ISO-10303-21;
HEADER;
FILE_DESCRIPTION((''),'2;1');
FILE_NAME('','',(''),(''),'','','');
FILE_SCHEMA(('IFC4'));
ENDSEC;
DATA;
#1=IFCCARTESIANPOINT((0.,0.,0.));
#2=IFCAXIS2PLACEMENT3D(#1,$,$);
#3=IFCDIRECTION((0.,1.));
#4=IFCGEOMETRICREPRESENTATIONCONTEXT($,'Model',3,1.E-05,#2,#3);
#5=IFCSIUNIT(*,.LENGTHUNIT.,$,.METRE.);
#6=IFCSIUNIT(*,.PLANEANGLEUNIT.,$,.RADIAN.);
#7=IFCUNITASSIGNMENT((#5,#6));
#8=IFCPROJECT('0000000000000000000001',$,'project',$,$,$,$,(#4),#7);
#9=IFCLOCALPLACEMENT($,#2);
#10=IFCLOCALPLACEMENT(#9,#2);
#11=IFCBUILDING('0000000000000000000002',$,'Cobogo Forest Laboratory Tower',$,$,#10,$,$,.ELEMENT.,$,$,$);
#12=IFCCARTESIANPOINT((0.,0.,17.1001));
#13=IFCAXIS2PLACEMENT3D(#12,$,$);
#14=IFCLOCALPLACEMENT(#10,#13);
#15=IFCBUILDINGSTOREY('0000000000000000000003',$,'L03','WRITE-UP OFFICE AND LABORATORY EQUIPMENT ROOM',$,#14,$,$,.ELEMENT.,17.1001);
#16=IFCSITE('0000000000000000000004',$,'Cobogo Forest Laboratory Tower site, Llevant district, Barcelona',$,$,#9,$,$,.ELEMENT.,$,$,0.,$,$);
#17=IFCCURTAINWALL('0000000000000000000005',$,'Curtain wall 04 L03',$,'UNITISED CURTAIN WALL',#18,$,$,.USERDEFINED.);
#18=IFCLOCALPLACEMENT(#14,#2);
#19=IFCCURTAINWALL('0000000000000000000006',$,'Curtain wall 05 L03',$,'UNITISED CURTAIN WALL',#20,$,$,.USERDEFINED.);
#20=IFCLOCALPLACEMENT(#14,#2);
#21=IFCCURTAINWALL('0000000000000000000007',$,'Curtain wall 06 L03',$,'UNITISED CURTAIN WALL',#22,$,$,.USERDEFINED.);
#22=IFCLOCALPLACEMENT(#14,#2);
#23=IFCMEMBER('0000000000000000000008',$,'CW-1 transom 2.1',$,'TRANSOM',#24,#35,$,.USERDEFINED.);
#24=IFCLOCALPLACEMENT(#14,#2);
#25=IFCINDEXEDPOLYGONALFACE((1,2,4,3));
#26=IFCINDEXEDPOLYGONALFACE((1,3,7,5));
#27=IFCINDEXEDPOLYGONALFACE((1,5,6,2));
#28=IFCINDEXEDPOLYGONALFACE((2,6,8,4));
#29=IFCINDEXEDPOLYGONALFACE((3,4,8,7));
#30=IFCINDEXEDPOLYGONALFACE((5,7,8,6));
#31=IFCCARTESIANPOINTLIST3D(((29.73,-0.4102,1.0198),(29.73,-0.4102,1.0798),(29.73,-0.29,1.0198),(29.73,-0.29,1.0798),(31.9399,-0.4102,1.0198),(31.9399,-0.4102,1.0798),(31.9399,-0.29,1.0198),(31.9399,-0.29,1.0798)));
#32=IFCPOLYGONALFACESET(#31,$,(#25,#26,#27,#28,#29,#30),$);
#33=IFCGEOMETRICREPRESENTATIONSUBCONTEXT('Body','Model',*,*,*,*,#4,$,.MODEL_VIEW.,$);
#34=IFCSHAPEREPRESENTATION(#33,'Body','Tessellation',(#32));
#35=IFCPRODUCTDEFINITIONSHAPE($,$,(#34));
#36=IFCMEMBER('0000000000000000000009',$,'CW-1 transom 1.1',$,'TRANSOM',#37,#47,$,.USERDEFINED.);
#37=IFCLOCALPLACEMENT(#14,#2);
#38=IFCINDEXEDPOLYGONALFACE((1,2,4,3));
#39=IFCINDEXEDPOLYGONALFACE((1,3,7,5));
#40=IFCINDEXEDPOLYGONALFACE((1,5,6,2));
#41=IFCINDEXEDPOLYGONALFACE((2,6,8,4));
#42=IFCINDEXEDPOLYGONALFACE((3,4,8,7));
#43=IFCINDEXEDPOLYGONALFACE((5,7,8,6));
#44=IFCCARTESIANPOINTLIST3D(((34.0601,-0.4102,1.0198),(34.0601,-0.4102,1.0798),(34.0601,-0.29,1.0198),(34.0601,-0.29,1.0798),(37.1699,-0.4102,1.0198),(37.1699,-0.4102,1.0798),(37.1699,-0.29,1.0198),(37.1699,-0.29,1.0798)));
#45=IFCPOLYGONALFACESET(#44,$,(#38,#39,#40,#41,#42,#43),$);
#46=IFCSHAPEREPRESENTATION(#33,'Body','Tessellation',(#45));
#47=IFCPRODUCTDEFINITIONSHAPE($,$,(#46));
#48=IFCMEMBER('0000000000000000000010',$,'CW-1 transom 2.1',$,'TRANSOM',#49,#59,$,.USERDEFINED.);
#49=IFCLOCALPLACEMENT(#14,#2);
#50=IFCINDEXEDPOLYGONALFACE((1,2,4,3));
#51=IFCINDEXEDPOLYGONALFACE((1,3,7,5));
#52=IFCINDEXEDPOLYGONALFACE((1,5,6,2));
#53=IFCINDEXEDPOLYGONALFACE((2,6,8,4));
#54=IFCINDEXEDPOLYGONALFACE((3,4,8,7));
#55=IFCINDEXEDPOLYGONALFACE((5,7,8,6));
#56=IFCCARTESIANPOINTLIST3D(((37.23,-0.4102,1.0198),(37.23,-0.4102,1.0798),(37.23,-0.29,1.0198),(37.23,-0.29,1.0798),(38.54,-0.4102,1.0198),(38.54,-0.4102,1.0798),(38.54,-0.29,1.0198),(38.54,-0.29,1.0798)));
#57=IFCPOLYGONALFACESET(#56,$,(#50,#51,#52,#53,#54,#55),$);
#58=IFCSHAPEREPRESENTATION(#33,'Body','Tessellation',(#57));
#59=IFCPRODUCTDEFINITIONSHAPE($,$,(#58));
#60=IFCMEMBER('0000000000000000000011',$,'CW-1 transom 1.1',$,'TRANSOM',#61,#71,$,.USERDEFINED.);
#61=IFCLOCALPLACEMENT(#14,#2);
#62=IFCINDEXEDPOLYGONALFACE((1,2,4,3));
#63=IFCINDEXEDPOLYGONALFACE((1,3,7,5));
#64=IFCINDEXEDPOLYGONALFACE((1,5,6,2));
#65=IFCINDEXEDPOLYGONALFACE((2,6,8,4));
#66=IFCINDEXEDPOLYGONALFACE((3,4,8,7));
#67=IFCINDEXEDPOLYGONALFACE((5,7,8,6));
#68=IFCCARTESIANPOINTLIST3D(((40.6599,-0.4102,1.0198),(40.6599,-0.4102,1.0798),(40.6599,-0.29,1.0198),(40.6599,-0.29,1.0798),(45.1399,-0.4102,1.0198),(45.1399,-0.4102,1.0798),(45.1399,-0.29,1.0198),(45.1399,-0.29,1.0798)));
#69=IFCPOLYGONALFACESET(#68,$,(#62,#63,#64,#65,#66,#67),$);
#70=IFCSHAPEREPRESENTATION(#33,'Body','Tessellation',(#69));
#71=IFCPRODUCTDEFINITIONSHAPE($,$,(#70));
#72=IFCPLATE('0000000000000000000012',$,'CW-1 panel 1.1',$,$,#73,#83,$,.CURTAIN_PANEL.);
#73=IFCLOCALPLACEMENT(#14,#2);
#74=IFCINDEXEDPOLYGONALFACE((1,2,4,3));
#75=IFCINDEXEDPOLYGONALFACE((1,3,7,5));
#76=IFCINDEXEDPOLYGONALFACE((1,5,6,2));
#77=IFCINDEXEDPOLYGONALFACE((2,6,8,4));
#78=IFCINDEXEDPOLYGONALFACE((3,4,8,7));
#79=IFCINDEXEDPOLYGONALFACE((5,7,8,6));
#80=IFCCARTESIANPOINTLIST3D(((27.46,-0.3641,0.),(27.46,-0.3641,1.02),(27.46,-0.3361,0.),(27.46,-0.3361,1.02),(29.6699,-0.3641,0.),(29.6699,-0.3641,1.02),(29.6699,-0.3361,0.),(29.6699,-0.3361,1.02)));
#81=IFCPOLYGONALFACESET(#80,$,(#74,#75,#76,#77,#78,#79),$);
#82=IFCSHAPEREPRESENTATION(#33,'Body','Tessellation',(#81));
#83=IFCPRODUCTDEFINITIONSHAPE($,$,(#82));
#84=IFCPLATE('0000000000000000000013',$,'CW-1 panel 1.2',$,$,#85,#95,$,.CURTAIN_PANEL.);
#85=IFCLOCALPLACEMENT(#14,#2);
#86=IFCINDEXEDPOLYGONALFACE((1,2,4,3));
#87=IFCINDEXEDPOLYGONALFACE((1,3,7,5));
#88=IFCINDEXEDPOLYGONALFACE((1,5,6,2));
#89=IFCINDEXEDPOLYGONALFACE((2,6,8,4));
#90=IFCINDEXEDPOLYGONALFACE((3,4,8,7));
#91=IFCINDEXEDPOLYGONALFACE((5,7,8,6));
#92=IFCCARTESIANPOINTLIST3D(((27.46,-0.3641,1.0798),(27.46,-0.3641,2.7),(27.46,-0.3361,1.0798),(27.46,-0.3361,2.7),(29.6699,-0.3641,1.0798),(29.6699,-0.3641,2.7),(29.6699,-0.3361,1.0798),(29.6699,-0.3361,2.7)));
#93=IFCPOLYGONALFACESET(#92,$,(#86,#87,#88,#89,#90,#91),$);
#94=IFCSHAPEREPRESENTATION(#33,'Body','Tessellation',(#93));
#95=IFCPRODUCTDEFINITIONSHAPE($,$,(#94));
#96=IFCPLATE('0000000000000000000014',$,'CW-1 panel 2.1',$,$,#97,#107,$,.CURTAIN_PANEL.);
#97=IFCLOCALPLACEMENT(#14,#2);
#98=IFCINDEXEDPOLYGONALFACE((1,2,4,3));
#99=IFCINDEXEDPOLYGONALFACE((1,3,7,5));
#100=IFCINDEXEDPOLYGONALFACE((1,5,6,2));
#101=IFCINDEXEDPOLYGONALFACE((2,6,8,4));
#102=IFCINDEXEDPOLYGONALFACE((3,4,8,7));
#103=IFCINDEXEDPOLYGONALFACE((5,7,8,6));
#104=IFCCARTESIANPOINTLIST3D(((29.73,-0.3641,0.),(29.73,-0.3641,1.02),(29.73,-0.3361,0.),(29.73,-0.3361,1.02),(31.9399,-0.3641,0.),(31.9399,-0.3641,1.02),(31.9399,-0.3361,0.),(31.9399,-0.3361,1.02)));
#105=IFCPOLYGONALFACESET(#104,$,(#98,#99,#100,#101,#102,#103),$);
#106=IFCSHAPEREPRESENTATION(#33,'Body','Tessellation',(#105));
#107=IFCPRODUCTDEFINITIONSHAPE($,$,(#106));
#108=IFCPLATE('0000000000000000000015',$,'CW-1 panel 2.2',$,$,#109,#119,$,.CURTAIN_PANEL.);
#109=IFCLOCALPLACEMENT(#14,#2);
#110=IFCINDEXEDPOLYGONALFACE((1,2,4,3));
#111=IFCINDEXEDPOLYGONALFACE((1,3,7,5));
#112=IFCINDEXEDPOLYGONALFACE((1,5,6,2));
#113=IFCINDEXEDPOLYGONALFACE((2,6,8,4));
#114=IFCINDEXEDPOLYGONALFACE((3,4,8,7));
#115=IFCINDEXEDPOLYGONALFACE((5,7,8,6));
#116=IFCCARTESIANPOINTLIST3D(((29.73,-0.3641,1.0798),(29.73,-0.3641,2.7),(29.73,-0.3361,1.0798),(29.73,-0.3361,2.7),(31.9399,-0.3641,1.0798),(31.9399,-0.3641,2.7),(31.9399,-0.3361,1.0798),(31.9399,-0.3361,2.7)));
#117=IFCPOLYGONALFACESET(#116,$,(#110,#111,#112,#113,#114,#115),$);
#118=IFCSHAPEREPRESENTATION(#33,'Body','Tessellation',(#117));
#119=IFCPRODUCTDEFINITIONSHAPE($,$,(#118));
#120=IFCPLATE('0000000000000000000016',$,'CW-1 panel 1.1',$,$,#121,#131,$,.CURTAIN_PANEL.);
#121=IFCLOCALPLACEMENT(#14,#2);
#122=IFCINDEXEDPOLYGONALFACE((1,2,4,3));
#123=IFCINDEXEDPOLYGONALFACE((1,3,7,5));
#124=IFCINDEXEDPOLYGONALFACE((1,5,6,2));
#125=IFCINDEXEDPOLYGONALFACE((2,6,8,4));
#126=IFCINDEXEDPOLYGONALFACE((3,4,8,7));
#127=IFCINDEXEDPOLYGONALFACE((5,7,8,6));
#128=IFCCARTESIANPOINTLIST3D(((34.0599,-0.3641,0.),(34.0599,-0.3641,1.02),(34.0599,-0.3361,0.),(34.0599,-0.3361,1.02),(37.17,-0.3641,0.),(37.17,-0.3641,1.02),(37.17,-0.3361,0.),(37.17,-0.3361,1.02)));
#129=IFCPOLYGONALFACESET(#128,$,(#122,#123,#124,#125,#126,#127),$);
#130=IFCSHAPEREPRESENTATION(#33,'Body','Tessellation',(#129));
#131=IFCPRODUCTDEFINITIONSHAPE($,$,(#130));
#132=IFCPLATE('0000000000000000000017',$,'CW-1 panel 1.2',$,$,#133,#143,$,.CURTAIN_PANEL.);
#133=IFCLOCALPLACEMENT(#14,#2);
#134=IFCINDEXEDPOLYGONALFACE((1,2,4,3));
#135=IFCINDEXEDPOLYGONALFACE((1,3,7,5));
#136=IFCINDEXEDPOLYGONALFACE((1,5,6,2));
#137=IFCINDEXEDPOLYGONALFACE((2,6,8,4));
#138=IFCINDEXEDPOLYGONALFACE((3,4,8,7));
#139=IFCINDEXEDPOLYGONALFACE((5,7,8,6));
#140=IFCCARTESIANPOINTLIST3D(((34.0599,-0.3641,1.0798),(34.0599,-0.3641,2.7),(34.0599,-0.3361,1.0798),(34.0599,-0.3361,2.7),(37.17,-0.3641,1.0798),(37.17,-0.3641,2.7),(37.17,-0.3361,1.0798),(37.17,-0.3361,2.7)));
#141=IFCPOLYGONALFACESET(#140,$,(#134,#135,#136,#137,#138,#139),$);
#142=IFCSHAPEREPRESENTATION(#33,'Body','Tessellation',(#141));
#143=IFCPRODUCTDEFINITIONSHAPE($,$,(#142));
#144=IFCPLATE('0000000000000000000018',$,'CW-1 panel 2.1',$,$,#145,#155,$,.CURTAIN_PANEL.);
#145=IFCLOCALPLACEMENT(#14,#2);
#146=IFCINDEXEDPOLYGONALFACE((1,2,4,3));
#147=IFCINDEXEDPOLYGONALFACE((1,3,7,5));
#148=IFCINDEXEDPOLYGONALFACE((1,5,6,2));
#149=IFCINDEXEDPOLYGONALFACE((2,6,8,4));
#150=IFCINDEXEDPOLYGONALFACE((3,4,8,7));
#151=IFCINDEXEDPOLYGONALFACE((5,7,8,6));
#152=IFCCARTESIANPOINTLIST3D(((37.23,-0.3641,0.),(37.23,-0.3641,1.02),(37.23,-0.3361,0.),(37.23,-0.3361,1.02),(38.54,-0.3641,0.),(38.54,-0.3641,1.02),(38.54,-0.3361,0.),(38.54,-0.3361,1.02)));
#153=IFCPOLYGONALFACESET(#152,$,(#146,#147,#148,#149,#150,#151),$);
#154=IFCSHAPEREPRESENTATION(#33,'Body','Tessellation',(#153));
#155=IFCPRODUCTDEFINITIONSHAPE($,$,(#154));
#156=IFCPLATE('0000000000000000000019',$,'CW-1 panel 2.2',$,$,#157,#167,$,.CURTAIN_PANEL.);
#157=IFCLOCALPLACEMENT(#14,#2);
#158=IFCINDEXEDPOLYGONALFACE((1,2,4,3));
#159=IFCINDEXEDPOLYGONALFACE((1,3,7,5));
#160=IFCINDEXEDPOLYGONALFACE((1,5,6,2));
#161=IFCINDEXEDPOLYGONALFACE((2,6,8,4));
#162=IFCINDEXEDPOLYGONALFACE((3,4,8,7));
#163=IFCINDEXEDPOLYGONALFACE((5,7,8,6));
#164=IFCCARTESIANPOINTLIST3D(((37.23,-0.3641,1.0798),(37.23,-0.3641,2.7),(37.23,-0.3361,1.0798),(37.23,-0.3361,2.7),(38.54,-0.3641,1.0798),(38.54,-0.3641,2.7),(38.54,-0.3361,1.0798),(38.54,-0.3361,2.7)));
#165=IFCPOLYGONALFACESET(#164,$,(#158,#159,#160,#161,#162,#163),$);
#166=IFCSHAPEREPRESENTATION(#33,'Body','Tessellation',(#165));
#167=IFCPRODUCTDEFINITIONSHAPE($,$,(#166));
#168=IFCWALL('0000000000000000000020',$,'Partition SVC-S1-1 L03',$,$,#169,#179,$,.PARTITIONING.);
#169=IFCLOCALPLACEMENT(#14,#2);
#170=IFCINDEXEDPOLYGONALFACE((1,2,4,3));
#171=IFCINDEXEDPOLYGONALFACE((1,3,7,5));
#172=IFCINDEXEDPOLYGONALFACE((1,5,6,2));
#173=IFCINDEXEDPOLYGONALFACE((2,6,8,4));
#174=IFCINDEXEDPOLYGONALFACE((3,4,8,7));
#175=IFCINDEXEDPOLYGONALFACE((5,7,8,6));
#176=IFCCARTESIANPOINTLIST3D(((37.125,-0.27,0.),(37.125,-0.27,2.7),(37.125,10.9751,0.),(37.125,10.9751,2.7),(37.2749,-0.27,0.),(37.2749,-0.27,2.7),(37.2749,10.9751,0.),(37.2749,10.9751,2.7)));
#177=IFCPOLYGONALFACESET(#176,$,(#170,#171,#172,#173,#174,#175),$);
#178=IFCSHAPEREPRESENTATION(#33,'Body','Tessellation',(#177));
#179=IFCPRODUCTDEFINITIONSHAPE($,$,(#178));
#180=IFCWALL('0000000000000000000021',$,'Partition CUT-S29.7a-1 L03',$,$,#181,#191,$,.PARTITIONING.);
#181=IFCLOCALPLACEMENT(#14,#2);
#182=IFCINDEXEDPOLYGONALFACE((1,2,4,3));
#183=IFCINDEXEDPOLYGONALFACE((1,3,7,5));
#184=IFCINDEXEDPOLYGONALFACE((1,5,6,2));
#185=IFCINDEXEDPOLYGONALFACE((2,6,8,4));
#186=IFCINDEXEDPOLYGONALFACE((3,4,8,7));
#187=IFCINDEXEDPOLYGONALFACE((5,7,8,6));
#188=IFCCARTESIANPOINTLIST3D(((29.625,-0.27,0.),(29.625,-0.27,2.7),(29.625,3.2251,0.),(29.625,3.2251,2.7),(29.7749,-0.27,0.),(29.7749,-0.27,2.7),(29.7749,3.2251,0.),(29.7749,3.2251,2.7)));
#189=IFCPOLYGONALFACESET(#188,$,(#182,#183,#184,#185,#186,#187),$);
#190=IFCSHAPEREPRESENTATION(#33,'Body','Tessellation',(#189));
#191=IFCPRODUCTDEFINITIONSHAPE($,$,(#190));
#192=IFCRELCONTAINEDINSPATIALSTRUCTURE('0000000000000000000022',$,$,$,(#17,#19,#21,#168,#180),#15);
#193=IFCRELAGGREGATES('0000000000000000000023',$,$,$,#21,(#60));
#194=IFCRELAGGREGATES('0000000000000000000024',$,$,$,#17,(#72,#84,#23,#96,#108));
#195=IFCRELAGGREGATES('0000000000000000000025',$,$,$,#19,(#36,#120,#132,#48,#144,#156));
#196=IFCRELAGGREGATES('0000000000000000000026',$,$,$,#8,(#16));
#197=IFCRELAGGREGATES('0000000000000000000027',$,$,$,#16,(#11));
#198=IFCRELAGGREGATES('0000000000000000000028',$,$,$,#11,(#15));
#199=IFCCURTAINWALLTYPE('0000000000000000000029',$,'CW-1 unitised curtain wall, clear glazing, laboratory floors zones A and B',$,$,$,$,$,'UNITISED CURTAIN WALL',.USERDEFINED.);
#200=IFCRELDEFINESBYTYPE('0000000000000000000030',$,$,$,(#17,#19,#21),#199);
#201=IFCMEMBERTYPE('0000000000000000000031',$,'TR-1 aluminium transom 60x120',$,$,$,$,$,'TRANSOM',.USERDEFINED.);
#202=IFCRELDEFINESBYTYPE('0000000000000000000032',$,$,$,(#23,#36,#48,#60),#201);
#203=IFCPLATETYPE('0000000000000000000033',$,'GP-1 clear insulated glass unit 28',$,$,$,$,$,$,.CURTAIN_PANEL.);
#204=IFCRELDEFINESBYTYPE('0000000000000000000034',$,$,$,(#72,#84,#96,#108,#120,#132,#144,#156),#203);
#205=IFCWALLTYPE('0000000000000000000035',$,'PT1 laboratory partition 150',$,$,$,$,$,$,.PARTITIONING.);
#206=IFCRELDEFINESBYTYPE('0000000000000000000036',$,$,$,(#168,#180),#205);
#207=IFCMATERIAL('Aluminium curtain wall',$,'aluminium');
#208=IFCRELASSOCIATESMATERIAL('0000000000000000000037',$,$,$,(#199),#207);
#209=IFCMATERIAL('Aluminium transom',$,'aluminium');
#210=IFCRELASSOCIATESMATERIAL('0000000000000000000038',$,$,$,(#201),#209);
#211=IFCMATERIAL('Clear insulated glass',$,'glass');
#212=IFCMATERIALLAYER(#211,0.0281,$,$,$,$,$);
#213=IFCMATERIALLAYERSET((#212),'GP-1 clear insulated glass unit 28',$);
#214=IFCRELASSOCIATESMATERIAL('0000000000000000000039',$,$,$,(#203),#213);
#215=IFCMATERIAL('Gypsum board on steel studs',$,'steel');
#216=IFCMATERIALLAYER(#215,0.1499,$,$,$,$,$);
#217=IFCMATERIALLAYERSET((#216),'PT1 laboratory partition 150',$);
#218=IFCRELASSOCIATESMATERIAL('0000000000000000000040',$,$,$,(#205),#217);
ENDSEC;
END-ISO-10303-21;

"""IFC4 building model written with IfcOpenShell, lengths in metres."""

from ifc_helpers import new_model, si_unit, direction, frame, frame_2d, origin, origin_2d, place, context, subcontext, project, spatial, rectangle, extrude, material, layer, layer_set, material_profile, profile_set, type_object, element, aggregate, save


model = new_model("IFC4")

# Units and contexts
model_context = context("Model", 3, precision=1e-05, world=origin(), true_north=direction((0.0, 1.0)))
body_context = subcontext(model_context, "Body", "Model", "MODEL_VIEW")
ifc_project = project(units=[si_unit("LENGTHUNIT", "METRE"), si_unit("PLANEANGLEUNIT", "RADIAN")], contexts=[model_context])

# Site, building, storey
site_placement = place(None, origin())
site = spatial("IfcSite", under=ifc_project, at=site_placement, Name="Cobogo Forest Laboratory Tower site, Llevant district, Barcelona", CompositionType="ELEMENT", RefElevation=0.0)
building_placement = place(site_placement, origin())
building = spatial("IfcBuilding", under=site, at=building_placement, Name="Cobogo Forest Laboratory Tower", CompositionType="ELEMENT")
storey_placement = place(building_placement, frame((0.0, 0.0, 17.1001)))
storey = spatial("IfcBuildingStorey", under=building, at=storey_placement, Name="L03", Description="WRITE-UP OFFICE AND LABORATORY EQUIPMENT ROOM", CompositionType="ELEMENT", Elevation=17.1001)

# Curtain walls
ifc_material_1 = material(Name="Aluminium curtain wall", Category="aluminium")
curtain_wall_type = type_object("IfcCurtainWallType", Name="CW-1 unitised curtain wall, clear glazing, laboratory floors zones A and B", ElementType="UNITISED CURTAIN WALL", PredefinedType="USERDEFINED", material=ifc_material_1)
curtain_wall_1_placement = place(storey_placement, origin())
curtain_wall_1 = element("IfcCurtainWall", 1, at=curtain_wall_1_placement, inside=storey, type_object=curtain_wall_type, Name="Curtain wall 04 L03", ObjectType="UNITISED CURTAIN WALL", PredefinedType="USERDEFINED")
curtain_wall_2_placement = place(storey_placement, origin())
curtain_wall_2 = element("IfcCurtainWall", 2, at=curtain_wall_2_placement, inside=storey, type_object=curtain_wall_type, Name="Curtain wall 05 L03", ObjectType="UNITISED CURTAIN WALL", PredefinedType="USERDEFINED")

# Curtain wall
curtain_wall_3_placement = place(storey_placement, origin())
curtain_wall_3 = element("IfcCurtainWall", 3, at=curtain_wall_3_placement, inside=storey, type_object=curtain_wall_type, Name="Curtain wall 06 L03", ObjectType="UNITISED CURTAIN WALL", PredefinedType="USERDEFINED")

# Members
ifc_material_2 = material(Name="Aluminium transom", Category="aluminium")
ifc_material_profile_1 = material_profile(ifc_material_2, rectangle(XDim=0.1201, YDim=0.0601, at=origin_2d()), Name="AL 60x120")
ifc_profile_set_1 = profile_set([ifc_material_profile_1], Name="Aluminium transom")
member_type_1 = type_object("IfcMemberType", Name="TR-1 aluminium transom 60x120", ElementType="TRANSOM", PredefinedType="USERDEFINED", material=ifc_profile_set_1)
member_1_placement = place(storey_placement, frame((29.73, -0.3501, 1.0498), z_axis=(1.0, 0.0, 0.0), x_axis=(0.0, 1.0, 0.0)))
member_1 = element("IfcMember", 4, at=member_1_placement, type_object=member_type_1, Name="CW-1 transom 2.1", ObjectType="TRANSOM", PredefinedType="USERDEFINED", context=body_context, shape_type="SweptSolid", body=[
    extrude(rectangle(XDim=0.1201, YDim=0.0601, at=origin_2d()), origin(), (0.0, 0.0, 1.0), 2.21),
])
member_2_placement = place(storey_placement, frame((34.0601, -0.3501, 1.0498), z_axis=(1.0, 0.0, 0.0), x_axis=(0.0, 1.0, 0.0)))
member_2 = element("IfcMember", 5, at=member_2_placement, type_object=member_type_1, Name="CW-1 transom 1.1", ObjectType="TRANSOM", PredefinedType="USERDEFINED", context=body_context, shape_type="SweptSolid", body=[
    extrude(rectangle(XDim=0.1201, YDim=0.0601, at=origin_2d()), origin(), (0.0, 0.0, 1.0), 3.1099),
])
member_3_placement = place(storey_placement, frame((37.23, -0.3501, 1.0498), z_axis=(1.0, 0.0, 0.0), x_axis=(0.0, 1.0, 0.0)))
member_3 = element("IfcMember", 6, at=member_3_placement, type_object=member_type_1, Name="CW-1 transom 2.1", ObjectType="TRANSOM", PredefinedType="USERDEFINED", context=body_context, shape_type="SweptSolid", body=[
    extrude(rectangle(XDim=0.1201, YDim=0.0601, at=origin_2d()), origin(), (0.0, 0.0, 1.0), 1.3101),
])
member_4_placement = place(storey_placement, frame((40.6599, -0.3501, 1.0498), z_axis=(1.0, 0.0, 0.0), x_axis=(0.0, 1.0, 0.0)))
member_4 = element("IfcMember", 7, at=member_4_placement, type_object=member_type_1, Name="CW-1 transom 1.1", ObjectType="TRANSOM", PredefinedType="USERDEFINED", context=body_context, shape_type="SweptSolid", body=[
    extrude(rectangle(XDim=0.1201, YDim=0.0601, at=origin_2d()), origin(), (0.0, 0.0, 1.0), 4.48),
])
aggregate(curtain_wall_3, [member_4])

# Plates
ifc_material_3 = material(Name="Clear insulated glass", Category="glass")
ifc_layer_1 = layer(ifc_material_3, 0.0281)
ifc_layer_set_1 = layer_set([ifc_layer_1], Name="GP-1 clear insulated glass unit 28")
plate_type_1 = type_object("IfcPlateType", Name="GP-1 clear insulated glass unit 28", PredefinedType="CURTAIN_PANEL", material=ifc_layer_set_1)
plate_1_placement = place(storey_placement, frame((28.5649, -0.3501, 0.0), z_axis=(0.0, 0.0, 1.0), x_axis=(1.0, 0.0, 0.0)))
plate_1 = element("IfcPlate", 8, at=plate_1_placement, type_object=plate_type_1, Name="CW-1 panel 1.1", PredefinedType="CURTAIN_PANEL", context=body_context, shape_type="SweptSolid", body=[
    extrude(rectangle(XDim=2.21, YDim=0.0281, at=origin_2d()), origin(), (0.0, 0.0, 1.0), 1.02),
])
plate_2_placement = place(storey_placement, frame((28.5649, -0.3501, 1.0798), z_axis=(0.0, 0.0, 1.0), x_axis=(1.0, 0.0, 0.0)))
plate_2 = element("IfcPlate", 9, at=plate_2_placement, type_object=plate_type_1, Name="CW-1 panel 1.2", PredefinedType="CURTAIN_PANEL", context=body_context, shape_type="SweptSolid", body=[
    extrude(rectangle(XDim=2.21, YDim=0.0281, at=origin_2d()), origin(), (0.0, 0.0, 1.0), 1.6201),
])
plate_3_placement = place(storey_placement, frame((30.835, -0.3501, 0.0), z_axis=(0.0, 0.0, 1.0), x_axis=(1.0, 0.0, 0.0)))
plate_3 = element("IfcPlate", 10, at=plate_3_placement, type_object=plate_type_1, Name="CW-1 panel 2.1", PredefinedType="CURTAIN_PANEL", context=body_context, shape_type="SweptSolid", body=[
    extrude(rectangle(XDim=2.21, YDim=0.0281, at=origin_2d()), origin(), (0.0, 0.0, 1.0), 1.02),
])
plate_4_placement = place(storey_placement, frame((30.835, -0.3501, 1.0798), z_axis=(0.0, 0.0, 1.0), x_axis=(1.0, 0.0, 0.0)))
plate_4 = element("IfcPlate", 11, at=plate_4_placement, type_object=plate_type_1, Name="CW-1 panel 2.2", PredefinedType="CURTAIN_PANEL", context=body_context, shape_type="SweptSolid", body=[
    extrude(rectangle(XDim=2.21, YDim=0.0281, at=origin_2d()), origin(), (0.0, 0.0, 1.0), 1.6201),
])
aggregate(curtain_wall_1, [plate_1, plate_2, member_1, plate_3, plate_4])
plate_5_placement = place(storey_placement, frame((35.615, -0.3501, 0.0), z_axis=(0.0, 0.0, 1.0), x_axis=(1.0, 0.0, 0.0)))
plate_5 = element("IfcPlate", 12, at=plate_5_placement, type_object=plate_type_1, Name="CW-1 panel 1.1", PredefinedType="CURTAIN_PANEL", context=body_context, shape_type="SweptSolid", body=[
    extrude(rectangle(XDim=3.1101, YDim=0.0281, at=origin_2d()), origin(), (0.0, 0.0, 1.0), 1.02),
])
plate_6_placement = place(storey_placement, frame((35.615, -0.3501, 1.0798), z_axis=(0.0, 0.0, 1.0), x_axis=(1.0, 0.0, 0.0)))
plate_6 = element("IfcPlate", 13, at=plate_6_placement, type_object=plate_type_1, Name="CW-1 panel 1.2", PredefinedType="CURTAIN_PANEL", context=body_context, shape_type="SweptSolid", body=[
    extrude(rectangle(XDim=3.1101, YDim=0.0281, at=origin_2d()), origin(), (0.0, 0.0, 1.0), 1.6201),
])
plate_7_placement = place(storey_placement, frame((37.885, -0.3501, 0.0), z_axis=(0.0, 0.0, 1.0), x_axis=(1.0, 0.0, 0.0)))
plate_7 = element("IfcPlate", 14, at=plate_7_placement, type_object=plate_type_1, Name="CW-1 panel 2.1", PredefinedType="CURTAIN_PANEL", context=body_context, shape_type="SweptSolid", body=[
    extrude(rectangle(XDim=1.3101, YDim=0.0281, at=origin_2d()), origin(), (0.0, 0.0, 1.0), 1.02),
])
plate_8_placement = place(storey_placement, frame((37.885, -0.3501, 1.0798), z_axis=(0.0, 0.0, 1.0), x_axis=(1.0, 0.0, 0.0)))
plate_8 = element("IfcPlate", 15, at=plate_8_placement, type_object=plate_type_1, Name="CW-1 panel 2.2", PredefinedType="CURTAIN_PANEL", context=body_context, shape_type="SweptSolid", body=[
    extrude(rectangle(XDim=1.3101, YDim=0.0281, at=origin_2d()), origin(), (0.0, 0.0, 1.0), 1.6201),
])
aggregate(curtain_wall_2, [member_2, plate_5, plate_6, member_3, plate_7, plate_8])

# Walls
ifc_material_4 = material(Name="Gypsum board on steel studs", Category="steel")
ifc_layer_2 = layer(ifc_material_4, 0.1499)
ifc_layer_set_2 = layer_set([ifc_layer_2], Name="PT1 laboratory partition 150")
wall_type_1 = type_object("IfcWallType", Name="PT1 laboratory partition 150", PredefinedType="PARTITIONING", material=ifc_layer_set_2)
wall_1_placement = place(storey_placement, frame((37.2, -0.27, 0.0), z_axis=(0.0, 0.0, 1.0), x_axis=(0.0, 1.0, 0.0)))
element("IfcWall", 16, at=wall_1_placement, inside=storey, type_object=wall_type_1, Name="Partition SVC-S1-1 L03", PredefinedType="PARTITIONING", context=body_context, shape_type="SweptSolid", body=[
    extrude(rectangle(XDim=11.2451, YDim=0.1499, at=frame_2d((5.6226, 0.0))), origin(), (0.0, 0.0, 1.0), 2.7),
])
wall_2_placement = place(storey_placement, frame((29.7, -0.27, 0.0), z_axis=(0.0, 0.0, 1.0), x_axis=(0.0, 1.0, 0.0)))
element("IfcWall", 17, at=wall_2_placement, inside=storey, type_object=wall_type_1, Name="Partition CUT-S29.7a-1 L03", PredefinedType="PARTITIONING", context=body_context, shape_type="SweptSolid", body=[
    extrude(rectangle(XDim=3.4951, YDim=0.1499, at=frame_2d((1.7476, 0.0))), origin(), (0.0, 0.0, 1.0), 2.7),
])

save(model, "model.ifc")
